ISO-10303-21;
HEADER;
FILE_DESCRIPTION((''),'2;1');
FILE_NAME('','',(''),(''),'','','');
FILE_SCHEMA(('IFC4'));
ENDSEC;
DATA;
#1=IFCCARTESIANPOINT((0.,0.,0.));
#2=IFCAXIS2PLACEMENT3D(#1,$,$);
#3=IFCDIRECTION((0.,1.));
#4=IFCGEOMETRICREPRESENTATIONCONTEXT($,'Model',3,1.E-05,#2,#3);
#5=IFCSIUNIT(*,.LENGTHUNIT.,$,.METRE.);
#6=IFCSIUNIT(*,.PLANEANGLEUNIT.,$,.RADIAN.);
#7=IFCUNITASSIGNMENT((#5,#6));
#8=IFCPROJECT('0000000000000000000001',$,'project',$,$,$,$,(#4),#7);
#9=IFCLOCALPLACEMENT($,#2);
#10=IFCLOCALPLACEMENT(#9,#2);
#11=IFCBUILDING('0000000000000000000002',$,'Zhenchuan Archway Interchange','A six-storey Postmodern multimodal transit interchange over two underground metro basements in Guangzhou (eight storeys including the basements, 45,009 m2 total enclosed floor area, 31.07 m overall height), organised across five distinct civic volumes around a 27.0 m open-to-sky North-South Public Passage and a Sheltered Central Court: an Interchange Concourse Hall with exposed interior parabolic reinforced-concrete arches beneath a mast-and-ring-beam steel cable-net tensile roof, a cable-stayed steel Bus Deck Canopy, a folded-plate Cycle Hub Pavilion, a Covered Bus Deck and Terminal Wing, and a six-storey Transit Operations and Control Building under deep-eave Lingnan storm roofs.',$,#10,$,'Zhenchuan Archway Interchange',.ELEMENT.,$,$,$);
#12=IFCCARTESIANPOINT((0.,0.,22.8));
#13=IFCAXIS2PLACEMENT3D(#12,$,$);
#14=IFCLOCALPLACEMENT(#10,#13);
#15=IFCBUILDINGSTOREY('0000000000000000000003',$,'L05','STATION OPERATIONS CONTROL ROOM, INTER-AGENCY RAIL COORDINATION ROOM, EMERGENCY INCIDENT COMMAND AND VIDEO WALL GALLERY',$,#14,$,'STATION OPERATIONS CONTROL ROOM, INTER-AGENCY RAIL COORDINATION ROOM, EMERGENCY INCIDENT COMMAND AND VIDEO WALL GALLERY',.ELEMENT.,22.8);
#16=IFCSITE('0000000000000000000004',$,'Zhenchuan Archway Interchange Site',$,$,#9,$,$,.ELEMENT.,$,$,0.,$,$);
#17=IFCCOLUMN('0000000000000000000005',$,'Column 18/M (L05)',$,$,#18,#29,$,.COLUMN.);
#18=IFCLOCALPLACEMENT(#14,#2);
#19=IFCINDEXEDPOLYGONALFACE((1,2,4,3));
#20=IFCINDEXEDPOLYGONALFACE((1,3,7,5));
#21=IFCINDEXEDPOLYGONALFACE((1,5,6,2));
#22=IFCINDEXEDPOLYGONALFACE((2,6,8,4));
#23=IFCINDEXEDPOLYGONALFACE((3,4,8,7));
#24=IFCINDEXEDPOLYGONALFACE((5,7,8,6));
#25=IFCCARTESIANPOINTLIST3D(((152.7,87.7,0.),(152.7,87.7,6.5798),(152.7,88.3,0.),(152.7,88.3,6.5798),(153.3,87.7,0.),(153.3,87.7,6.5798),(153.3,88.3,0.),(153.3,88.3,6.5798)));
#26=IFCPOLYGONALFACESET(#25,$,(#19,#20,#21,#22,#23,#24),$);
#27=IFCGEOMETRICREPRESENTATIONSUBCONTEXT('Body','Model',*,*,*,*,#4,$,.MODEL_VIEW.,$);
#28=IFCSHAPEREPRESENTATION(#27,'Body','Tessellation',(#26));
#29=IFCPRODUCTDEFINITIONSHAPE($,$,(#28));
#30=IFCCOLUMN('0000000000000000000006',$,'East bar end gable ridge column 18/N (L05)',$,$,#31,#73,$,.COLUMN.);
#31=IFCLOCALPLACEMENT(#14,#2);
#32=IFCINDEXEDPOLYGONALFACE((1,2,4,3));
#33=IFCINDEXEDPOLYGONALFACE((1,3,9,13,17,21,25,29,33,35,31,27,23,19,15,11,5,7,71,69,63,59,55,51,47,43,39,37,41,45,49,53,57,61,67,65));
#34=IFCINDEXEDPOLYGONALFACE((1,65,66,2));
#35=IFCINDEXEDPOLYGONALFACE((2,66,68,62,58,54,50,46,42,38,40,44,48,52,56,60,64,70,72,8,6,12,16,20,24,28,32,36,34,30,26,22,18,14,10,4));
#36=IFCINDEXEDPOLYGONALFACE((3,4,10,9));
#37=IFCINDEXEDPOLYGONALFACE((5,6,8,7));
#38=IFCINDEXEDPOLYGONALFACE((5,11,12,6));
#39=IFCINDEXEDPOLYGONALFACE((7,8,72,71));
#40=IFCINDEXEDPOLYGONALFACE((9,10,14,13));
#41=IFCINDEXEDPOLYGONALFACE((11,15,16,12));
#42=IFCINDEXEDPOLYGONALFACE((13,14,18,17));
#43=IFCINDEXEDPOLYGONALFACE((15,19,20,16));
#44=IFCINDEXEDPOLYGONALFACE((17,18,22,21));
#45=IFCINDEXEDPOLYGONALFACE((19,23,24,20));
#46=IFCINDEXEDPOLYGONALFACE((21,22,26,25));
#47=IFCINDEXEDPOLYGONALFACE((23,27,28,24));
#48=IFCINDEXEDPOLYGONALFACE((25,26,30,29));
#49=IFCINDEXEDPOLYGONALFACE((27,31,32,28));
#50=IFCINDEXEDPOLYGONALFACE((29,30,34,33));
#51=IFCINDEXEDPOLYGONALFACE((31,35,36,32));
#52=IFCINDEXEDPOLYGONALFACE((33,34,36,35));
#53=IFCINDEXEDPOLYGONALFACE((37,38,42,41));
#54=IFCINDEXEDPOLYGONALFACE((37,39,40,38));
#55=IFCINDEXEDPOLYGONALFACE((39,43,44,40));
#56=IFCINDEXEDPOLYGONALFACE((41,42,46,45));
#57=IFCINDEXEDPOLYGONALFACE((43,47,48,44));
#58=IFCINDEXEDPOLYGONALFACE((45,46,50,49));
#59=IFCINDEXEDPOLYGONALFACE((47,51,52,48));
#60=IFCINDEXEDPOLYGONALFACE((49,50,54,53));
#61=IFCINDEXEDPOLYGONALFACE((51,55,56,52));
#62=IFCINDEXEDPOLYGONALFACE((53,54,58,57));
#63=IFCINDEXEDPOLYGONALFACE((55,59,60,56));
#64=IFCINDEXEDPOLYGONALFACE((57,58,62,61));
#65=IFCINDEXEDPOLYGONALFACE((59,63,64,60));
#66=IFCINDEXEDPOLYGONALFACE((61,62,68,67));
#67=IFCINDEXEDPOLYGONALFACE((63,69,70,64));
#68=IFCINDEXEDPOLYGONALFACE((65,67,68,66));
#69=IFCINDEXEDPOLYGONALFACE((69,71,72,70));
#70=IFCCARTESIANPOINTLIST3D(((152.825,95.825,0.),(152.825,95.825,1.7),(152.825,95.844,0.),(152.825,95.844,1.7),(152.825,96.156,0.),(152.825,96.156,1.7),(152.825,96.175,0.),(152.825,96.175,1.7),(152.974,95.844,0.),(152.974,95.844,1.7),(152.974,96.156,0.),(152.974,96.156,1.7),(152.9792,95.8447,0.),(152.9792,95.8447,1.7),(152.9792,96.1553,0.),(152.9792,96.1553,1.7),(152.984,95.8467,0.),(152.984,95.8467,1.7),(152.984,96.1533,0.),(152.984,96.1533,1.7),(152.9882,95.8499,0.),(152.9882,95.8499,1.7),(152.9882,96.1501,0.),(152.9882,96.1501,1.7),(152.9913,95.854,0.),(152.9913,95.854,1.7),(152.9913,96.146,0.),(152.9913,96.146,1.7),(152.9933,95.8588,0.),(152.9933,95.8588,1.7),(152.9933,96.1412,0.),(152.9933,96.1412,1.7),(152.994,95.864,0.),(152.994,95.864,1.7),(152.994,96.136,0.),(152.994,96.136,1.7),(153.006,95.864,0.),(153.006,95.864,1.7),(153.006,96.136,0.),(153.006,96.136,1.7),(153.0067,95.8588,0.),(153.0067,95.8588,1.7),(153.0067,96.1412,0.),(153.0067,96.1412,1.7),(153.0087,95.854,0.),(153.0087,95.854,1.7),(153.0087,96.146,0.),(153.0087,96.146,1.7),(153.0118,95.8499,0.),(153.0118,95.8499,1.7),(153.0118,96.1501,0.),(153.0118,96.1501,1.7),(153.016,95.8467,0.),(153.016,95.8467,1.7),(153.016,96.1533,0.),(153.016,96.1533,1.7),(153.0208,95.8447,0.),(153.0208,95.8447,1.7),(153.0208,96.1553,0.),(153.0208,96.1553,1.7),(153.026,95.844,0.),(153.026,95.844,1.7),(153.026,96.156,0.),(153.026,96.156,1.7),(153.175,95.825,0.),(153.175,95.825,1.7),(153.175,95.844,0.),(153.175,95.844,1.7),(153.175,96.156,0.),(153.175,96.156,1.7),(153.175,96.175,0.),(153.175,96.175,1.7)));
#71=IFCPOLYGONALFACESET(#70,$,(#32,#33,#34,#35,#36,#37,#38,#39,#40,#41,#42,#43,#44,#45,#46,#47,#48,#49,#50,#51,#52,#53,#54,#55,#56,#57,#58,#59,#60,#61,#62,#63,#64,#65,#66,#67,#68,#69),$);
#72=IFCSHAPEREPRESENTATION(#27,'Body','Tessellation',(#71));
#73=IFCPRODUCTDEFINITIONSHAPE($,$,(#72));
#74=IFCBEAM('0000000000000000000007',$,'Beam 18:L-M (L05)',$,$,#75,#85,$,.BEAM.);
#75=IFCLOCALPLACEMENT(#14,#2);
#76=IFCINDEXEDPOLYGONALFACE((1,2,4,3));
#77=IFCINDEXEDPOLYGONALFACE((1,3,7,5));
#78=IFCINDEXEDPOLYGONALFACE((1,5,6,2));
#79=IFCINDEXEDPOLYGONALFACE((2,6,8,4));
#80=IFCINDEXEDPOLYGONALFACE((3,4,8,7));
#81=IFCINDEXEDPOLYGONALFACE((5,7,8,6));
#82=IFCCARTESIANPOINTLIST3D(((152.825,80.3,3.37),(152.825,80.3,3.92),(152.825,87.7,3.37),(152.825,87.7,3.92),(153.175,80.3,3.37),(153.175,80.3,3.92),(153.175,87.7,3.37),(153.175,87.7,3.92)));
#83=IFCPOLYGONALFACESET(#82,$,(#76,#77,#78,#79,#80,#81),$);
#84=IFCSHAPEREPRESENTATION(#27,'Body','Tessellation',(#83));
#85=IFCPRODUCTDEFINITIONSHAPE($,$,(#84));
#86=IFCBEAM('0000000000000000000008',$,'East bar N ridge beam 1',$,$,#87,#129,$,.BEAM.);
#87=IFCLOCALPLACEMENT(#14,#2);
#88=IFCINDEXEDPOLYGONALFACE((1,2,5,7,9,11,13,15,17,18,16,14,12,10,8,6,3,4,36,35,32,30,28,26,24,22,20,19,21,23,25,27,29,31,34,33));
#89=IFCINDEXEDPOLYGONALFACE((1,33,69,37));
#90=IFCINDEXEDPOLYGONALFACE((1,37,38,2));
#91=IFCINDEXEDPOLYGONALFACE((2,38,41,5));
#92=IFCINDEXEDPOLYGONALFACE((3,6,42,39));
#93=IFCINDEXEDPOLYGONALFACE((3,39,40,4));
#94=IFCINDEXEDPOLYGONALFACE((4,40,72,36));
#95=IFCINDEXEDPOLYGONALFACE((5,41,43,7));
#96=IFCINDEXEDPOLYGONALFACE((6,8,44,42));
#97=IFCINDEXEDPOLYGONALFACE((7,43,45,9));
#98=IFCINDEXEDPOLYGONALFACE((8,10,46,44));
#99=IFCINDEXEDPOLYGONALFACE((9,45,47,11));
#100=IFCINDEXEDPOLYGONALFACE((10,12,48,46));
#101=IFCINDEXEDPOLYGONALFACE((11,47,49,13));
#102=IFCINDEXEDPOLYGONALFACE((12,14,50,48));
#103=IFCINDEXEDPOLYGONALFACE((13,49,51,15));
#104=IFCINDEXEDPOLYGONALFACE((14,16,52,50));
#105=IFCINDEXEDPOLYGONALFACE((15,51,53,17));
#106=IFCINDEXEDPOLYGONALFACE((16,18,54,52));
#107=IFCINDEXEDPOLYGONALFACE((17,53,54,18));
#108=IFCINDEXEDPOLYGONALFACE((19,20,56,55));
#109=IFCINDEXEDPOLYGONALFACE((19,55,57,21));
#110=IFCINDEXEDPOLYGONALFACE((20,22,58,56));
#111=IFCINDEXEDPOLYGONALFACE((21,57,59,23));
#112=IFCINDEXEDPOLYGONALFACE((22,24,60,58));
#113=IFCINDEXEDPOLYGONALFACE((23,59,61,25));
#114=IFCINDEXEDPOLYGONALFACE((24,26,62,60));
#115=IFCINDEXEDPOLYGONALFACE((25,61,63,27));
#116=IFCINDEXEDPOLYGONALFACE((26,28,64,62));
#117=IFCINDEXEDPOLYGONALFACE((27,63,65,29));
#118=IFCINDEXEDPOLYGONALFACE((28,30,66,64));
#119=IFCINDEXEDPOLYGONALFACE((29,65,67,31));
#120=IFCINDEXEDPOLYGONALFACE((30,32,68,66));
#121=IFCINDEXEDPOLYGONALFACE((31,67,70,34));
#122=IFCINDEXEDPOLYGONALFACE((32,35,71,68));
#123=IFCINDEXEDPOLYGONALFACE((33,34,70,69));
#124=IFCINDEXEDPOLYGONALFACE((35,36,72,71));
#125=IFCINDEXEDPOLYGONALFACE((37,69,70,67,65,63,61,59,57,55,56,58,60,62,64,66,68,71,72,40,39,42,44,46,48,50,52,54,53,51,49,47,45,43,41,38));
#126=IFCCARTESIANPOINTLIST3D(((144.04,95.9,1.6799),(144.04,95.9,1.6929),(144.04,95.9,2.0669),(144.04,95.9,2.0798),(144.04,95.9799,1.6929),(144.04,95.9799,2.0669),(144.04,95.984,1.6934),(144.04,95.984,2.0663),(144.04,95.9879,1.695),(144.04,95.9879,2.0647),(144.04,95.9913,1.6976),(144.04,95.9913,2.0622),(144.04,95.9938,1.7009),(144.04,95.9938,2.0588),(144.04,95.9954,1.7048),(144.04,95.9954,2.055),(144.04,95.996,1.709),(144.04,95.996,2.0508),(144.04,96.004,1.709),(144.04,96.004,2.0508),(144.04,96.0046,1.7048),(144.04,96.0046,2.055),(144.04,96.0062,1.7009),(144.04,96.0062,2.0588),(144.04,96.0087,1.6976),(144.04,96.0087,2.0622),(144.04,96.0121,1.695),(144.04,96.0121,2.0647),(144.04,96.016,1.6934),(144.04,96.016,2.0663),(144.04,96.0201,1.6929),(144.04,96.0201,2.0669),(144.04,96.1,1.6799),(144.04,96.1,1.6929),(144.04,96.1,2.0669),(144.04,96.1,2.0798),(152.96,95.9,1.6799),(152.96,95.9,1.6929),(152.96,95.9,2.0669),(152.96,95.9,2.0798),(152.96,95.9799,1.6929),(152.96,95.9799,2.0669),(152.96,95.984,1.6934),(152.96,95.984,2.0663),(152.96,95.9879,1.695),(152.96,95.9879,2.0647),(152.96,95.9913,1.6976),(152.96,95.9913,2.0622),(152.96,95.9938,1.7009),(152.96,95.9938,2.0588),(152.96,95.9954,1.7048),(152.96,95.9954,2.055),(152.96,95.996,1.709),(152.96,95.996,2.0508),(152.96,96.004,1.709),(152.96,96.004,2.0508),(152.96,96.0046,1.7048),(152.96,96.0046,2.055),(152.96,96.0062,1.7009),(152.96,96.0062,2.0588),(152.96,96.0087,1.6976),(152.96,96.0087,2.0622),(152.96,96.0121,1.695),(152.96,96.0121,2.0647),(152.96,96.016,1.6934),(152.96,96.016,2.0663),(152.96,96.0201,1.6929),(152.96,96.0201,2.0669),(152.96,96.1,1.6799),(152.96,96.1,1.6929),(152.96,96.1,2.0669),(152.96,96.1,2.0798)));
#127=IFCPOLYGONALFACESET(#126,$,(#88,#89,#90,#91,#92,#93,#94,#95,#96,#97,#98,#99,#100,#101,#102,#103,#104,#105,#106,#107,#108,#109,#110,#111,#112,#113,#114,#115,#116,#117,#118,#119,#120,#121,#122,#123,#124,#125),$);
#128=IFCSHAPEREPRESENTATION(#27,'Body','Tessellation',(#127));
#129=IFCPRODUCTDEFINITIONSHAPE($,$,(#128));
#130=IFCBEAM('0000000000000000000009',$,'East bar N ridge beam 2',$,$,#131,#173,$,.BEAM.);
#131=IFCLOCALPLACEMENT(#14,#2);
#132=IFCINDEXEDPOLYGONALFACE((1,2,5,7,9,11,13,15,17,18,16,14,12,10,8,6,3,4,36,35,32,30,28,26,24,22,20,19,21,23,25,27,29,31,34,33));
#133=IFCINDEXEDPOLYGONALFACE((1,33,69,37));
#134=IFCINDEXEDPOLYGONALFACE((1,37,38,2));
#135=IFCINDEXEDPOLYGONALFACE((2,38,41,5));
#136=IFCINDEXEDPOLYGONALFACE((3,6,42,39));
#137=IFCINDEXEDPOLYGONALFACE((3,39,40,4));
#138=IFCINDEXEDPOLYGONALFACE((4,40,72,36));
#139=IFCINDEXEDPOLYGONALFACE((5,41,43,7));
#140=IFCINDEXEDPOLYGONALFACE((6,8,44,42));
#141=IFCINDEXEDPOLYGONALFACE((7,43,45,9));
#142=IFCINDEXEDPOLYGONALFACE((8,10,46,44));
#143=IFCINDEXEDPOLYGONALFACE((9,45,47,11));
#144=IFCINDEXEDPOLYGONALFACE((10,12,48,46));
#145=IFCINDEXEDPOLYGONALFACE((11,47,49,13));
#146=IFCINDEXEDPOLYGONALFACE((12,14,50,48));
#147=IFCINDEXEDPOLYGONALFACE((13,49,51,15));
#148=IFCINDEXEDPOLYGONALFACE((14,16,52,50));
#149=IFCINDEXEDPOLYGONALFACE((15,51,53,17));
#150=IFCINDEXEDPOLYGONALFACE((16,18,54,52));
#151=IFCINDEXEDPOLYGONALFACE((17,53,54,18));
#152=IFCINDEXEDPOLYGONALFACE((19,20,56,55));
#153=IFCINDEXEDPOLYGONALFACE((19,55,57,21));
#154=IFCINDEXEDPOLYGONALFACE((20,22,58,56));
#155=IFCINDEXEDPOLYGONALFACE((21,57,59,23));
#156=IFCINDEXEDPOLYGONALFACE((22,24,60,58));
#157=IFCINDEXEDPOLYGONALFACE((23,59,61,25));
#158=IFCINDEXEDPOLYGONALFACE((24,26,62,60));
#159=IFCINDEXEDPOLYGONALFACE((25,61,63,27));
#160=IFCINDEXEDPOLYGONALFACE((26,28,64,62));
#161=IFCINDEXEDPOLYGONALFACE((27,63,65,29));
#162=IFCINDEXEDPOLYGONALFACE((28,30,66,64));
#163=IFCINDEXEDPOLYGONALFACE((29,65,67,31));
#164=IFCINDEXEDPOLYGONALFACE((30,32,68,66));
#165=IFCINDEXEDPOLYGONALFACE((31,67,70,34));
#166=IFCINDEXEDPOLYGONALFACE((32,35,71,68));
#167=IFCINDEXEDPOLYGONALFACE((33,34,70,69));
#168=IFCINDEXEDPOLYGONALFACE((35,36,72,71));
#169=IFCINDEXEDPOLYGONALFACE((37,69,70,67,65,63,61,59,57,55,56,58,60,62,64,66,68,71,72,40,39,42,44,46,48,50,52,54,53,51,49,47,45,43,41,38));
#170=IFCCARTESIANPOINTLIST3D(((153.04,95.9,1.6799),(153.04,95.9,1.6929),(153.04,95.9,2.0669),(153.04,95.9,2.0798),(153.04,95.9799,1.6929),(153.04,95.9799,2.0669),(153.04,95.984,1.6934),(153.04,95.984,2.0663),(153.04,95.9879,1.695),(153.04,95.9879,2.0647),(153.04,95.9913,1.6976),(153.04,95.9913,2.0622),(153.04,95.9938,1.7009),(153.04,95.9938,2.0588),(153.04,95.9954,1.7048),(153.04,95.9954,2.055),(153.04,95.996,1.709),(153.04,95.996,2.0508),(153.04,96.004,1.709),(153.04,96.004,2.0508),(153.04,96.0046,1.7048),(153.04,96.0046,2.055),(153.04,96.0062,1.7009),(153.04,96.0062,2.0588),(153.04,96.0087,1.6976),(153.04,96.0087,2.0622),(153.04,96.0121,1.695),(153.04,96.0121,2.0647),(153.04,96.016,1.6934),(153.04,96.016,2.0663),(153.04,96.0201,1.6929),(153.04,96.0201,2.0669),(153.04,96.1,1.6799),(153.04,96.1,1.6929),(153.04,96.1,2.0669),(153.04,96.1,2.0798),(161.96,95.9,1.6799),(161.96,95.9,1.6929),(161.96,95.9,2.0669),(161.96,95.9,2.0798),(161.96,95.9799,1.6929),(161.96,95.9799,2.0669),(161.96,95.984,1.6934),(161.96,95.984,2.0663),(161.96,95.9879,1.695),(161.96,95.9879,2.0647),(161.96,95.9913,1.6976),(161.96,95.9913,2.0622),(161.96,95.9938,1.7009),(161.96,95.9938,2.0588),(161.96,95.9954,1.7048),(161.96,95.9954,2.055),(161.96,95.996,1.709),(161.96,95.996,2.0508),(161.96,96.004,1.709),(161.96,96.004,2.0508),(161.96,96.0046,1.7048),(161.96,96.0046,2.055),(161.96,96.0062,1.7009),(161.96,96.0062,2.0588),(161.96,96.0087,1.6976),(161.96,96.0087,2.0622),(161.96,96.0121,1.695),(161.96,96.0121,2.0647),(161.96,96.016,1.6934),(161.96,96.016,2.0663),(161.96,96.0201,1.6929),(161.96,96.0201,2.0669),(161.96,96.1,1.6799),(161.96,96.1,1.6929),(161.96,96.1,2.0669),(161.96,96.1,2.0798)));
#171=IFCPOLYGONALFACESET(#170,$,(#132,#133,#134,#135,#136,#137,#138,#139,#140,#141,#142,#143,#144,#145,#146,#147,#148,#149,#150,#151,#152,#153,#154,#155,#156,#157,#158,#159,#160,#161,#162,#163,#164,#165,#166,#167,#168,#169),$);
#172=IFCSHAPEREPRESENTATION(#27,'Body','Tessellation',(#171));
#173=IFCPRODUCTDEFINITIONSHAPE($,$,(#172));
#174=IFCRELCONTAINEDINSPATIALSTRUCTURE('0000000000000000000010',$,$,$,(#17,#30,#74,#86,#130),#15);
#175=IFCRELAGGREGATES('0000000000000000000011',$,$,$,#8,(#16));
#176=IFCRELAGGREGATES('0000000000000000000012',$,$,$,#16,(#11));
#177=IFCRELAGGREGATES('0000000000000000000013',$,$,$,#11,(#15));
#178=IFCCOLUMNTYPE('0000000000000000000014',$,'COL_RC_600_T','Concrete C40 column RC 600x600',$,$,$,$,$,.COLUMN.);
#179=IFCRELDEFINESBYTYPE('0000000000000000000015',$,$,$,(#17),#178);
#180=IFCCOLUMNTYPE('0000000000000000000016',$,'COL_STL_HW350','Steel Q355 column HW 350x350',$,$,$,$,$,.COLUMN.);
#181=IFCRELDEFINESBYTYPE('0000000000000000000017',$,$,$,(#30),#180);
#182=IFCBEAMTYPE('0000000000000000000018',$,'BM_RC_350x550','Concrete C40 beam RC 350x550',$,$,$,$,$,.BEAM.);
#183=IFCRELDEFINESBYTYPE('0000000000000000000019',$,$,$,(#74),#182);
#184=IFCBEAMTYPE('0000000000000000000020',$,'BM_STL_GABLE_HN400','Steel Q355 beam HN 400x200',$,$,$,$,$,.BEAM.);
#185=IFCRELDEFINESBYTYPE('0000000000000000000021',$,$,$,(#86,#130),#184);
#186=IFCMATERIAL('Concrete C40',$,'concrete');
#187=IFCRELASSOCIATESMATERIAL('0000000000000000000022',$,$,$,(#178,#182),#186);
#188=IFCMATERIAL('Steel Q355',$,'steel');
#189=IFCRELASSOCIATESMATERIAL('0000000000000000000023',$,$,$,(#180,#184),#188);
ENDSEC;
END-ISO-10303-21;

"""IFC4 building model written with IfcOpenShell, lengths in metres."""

from ifc_helpers import new_model, si_unit, direction, frame, origin, origin_2d, place, context, subcontext, project, spatial, rectangle, i_section, extrude, material, material_profile, profile_set, type_object, element, save


model = new_model("IFC4")

# Units and contexts
model_context = context("Model", 3, precision=1e-05, world=origin(), true_north=direction((0.0, 1.0)))
body_context = subcontext(model_context, "Body", "Model", "MODEL_VIEW")
ifc_project = project(units=[si_unit("LENGTHUNIT", "METRE"), si_unit("PLANEANGLEUNIT", "RADIAN")], contexts=[model_context])

# Site, building, storey
site_placement = place(None, origin())
site = spatial("IfcSite", under=ifc_project, at=site_placement, Name="Zhenchuan Archway Interchange Site", CompositionType="ELEMENT", RefElevation=0.0)
building_placement = place(site_placement, origin())
building = spatial("IfcBuilding", under=site, at=building_placement, Name="Zhenchuan Archway Interchange", Description="A six-storey Postmodern multimodal transit interchange over two underground metro basements in Guangzhou (eight storeys including the basements, 45,009 m2 total enclosed floor area, 31.07 m overall height), organised across five distinct civic volumes around a 27.0 m open-to-sky North-South Public Passage and a Sheltered Central Court: an Interchange Concourse Hall with exposed interior parabolic reinforced-concrete arches beneath a mast-and-ring-beam steel cable-net tensile roof, a cable-stayed steel Bus Deck Canopy, a folded-plate Cycle Hub Pavilion, a Covered Bus Deck and Terminal Wing, and a six-storey Transit Operations and Control Building under deep-eave Lingnan storm roofs.", LongName="Zhenchuan Archway Interchange", CompositionType="ELEMENT")
storey_placement = place(building_placement, frame((0.0, 0.0, 22.8)))
storey = spatial("IfcBuildingStorey", under=building, at=storey_placement, Name="L05", Description="STATION OPERATIONS CONTROL ROOM, INTER-AGENCY RAIL COORDINATION ROOM, EMERGENCY INCIDENT COMMAND AND VIDEO WALL GALLERY", LongName="STATION OPERATIONS CONTROL ROOM, INTER-AGENCY RAIL COORDINATION ROOM, EMERGENCY INCIDENT COMMAND AND VIDEO WALL GALLERY", CompositionType="ELEMENT", Elevation=22.8)

# Columns
ifc_material_1 = material(Name="Concrete C40", Category="concrete")
ifc_material_profile_1 = material_profile(ifc_material_1, rectangle(XDim=0.6001, YDim=0.6001, at=origin_2d()), Name="RC 600x600")
ifc_profile_set_1 = profile_set([ifc_material_profile_1], Name="Concrete C40")
column_type_1 = type_object("IfcColumnType", Name="COL_RC_600_T", Description="Concrete C40 column RC 600x600", PredefinedType="COLUMN", material=ifc_profile_set_1)
column_1_placement = place(storey_placement, frame((153.0, 88.0, 0.0), z_axis=(0.0, 0.0, 1.0), x_axis=(1.0, 0.0, 0.0)))
element("IfcColumn", 1, at=column_1_placement, inside=storey, type_object=column_type_1, Name="Column 18/M (L05)", PredefinedType="COLUMN", context=body_context, shape_type="SweptSolid", body=[
    extrude(rectangle(XDim=0.6001, YDim=0.6001, at=origin_2d()), origin(), (0.0, 0.0, 1.0), 6.5798),
])
ifc_material_2 = material(Name="Steel Q355", Category="steel")
ifc_material_profile_2 = material_profile(ifc_material_2, i_section(OverallWidth=0.3501, OverallDepth=0.3501, WebThickness=0.012, FlangeThickness=0.019, FilletRadius=0.02, at=origin_2d()), Name="HW 350x350")
ifc_profile_set_2 = profile_set([ifc_material_profile_2], Name="Steel Q355")
column_type_2 = type_object("IfcColumnType", Name="COL_STL_HW350", Description="Steel Q355 column HW 350x350", PredefinedType="COLUMN", material=ifc_profile_set_2)
column_2_placement = place(storey_placement, frame((153.0, 96.0, 0.0), z_axis=(0.0, 0.0, 1.0), x_axis=(1.0, 0.0, 0.0)))
element("IfcColumn", 2, at=column_2_placement, inside=storey, type_object=column_type_2, Name="East bar end gable ridge column 18/N (L05)", PredefinedType="COLUMN", context=body_context, shape_type="SweptSolid", body=[
    extrude(i_section(OverallWidth=0.3501, OverallDepth=0.3501, WebThickness=0.012, FlangeThickness=0.019, FilletRadius=0.02, at=origin_2d()), origin(), (0.0, 0.0, 1.0), 1.7),
])

# Beams
ifc_material_profile_3 = material_profile(ifc_material_1, rectangle(XDim=0.3501, YDim=0.55, at=origin_2d()), Name="RC 350x550")
ifc_profile_set_3 = profile_set([ifc_material_profile_3], Name="Concrete C40")
beam_type_1 = type_object("IfcBeamType", Name="BM_RC_350x550", Description="Concrete C40 beam RC 350x550", PredefinedType="BEAM", material=ifc_profile_set_3)
beam_1_placement = place(storey_placement, frame((153.0, 80.3, 3.645), z_axis=(0.0, 1.0, 0.0), x_axis=(-1.0, 0.0, 0.0)))
element("IfcBeam", 3, at=beam_1_placement, inside=storey, type_object=beam_type_1, Name="Beam 18:L-M (L05)", PredefinedType="BEAM", context=body_context, shape_type="SweptSolid", body=[
    extrude(rectangle(XDim=0.3501, YDim=0.55, at=origin_2d()), origin(), (0.0, 0.0, 1.0), 7.3999),
])
ifc_material_profile_4 = material_profile(ifc_material_2, i_section(OverallWidth=0.2, OverallDepth=0.3999, WebThickness=0.0081, FlangeThickness=0.0129, FilletRadius=0.0161, at=origin_2d()), Name="HN 400x200")
ifc_profile_set_4 = profile_set([ifc_material_profile_4], Name="Steel Q355")
beam_type_2 = type_object("IfcBeamType", Name="BM_STL_GABLE_HN400", Description="Steel Q355 beam HN 400x200", PredefinedType="BEAM", material=ifc_profile_set_4)
for number, where, z_axis, x_axis, name in (
    (4, (144.04, 96.0, 1.8799), (1.0, 0.0, 0.0), (0.0, 1.0, 0.0), "East bar N ridge beam 1"),
    (5, (153.04, 96.0, 1.8799), (1.0, 0.0, 0.0), (0.0, 1.0, 0.0), "East bar N ridge beam 2"),
):
    element("IfcBeam", number, at=place(storey_placement, frame(where, z_axis=z_axis, x_axis=x_axis)), inside=storey, type_object=beam_type_2, Name=name, PredefinedType="BEAM", context=body_context, shape_type="SweptSolid", body=[
        extrude(i_section(OverallWidth=0.2, OverallDepth=0.3999, WebThickness=0.0081, FlangeThickness=0.0129, FilletRadius=0.0161, at=origin_2d()), origin(), (0.0, 0.0, 1.0), 8.9199),
    ])

save(model, "model.ifc")
